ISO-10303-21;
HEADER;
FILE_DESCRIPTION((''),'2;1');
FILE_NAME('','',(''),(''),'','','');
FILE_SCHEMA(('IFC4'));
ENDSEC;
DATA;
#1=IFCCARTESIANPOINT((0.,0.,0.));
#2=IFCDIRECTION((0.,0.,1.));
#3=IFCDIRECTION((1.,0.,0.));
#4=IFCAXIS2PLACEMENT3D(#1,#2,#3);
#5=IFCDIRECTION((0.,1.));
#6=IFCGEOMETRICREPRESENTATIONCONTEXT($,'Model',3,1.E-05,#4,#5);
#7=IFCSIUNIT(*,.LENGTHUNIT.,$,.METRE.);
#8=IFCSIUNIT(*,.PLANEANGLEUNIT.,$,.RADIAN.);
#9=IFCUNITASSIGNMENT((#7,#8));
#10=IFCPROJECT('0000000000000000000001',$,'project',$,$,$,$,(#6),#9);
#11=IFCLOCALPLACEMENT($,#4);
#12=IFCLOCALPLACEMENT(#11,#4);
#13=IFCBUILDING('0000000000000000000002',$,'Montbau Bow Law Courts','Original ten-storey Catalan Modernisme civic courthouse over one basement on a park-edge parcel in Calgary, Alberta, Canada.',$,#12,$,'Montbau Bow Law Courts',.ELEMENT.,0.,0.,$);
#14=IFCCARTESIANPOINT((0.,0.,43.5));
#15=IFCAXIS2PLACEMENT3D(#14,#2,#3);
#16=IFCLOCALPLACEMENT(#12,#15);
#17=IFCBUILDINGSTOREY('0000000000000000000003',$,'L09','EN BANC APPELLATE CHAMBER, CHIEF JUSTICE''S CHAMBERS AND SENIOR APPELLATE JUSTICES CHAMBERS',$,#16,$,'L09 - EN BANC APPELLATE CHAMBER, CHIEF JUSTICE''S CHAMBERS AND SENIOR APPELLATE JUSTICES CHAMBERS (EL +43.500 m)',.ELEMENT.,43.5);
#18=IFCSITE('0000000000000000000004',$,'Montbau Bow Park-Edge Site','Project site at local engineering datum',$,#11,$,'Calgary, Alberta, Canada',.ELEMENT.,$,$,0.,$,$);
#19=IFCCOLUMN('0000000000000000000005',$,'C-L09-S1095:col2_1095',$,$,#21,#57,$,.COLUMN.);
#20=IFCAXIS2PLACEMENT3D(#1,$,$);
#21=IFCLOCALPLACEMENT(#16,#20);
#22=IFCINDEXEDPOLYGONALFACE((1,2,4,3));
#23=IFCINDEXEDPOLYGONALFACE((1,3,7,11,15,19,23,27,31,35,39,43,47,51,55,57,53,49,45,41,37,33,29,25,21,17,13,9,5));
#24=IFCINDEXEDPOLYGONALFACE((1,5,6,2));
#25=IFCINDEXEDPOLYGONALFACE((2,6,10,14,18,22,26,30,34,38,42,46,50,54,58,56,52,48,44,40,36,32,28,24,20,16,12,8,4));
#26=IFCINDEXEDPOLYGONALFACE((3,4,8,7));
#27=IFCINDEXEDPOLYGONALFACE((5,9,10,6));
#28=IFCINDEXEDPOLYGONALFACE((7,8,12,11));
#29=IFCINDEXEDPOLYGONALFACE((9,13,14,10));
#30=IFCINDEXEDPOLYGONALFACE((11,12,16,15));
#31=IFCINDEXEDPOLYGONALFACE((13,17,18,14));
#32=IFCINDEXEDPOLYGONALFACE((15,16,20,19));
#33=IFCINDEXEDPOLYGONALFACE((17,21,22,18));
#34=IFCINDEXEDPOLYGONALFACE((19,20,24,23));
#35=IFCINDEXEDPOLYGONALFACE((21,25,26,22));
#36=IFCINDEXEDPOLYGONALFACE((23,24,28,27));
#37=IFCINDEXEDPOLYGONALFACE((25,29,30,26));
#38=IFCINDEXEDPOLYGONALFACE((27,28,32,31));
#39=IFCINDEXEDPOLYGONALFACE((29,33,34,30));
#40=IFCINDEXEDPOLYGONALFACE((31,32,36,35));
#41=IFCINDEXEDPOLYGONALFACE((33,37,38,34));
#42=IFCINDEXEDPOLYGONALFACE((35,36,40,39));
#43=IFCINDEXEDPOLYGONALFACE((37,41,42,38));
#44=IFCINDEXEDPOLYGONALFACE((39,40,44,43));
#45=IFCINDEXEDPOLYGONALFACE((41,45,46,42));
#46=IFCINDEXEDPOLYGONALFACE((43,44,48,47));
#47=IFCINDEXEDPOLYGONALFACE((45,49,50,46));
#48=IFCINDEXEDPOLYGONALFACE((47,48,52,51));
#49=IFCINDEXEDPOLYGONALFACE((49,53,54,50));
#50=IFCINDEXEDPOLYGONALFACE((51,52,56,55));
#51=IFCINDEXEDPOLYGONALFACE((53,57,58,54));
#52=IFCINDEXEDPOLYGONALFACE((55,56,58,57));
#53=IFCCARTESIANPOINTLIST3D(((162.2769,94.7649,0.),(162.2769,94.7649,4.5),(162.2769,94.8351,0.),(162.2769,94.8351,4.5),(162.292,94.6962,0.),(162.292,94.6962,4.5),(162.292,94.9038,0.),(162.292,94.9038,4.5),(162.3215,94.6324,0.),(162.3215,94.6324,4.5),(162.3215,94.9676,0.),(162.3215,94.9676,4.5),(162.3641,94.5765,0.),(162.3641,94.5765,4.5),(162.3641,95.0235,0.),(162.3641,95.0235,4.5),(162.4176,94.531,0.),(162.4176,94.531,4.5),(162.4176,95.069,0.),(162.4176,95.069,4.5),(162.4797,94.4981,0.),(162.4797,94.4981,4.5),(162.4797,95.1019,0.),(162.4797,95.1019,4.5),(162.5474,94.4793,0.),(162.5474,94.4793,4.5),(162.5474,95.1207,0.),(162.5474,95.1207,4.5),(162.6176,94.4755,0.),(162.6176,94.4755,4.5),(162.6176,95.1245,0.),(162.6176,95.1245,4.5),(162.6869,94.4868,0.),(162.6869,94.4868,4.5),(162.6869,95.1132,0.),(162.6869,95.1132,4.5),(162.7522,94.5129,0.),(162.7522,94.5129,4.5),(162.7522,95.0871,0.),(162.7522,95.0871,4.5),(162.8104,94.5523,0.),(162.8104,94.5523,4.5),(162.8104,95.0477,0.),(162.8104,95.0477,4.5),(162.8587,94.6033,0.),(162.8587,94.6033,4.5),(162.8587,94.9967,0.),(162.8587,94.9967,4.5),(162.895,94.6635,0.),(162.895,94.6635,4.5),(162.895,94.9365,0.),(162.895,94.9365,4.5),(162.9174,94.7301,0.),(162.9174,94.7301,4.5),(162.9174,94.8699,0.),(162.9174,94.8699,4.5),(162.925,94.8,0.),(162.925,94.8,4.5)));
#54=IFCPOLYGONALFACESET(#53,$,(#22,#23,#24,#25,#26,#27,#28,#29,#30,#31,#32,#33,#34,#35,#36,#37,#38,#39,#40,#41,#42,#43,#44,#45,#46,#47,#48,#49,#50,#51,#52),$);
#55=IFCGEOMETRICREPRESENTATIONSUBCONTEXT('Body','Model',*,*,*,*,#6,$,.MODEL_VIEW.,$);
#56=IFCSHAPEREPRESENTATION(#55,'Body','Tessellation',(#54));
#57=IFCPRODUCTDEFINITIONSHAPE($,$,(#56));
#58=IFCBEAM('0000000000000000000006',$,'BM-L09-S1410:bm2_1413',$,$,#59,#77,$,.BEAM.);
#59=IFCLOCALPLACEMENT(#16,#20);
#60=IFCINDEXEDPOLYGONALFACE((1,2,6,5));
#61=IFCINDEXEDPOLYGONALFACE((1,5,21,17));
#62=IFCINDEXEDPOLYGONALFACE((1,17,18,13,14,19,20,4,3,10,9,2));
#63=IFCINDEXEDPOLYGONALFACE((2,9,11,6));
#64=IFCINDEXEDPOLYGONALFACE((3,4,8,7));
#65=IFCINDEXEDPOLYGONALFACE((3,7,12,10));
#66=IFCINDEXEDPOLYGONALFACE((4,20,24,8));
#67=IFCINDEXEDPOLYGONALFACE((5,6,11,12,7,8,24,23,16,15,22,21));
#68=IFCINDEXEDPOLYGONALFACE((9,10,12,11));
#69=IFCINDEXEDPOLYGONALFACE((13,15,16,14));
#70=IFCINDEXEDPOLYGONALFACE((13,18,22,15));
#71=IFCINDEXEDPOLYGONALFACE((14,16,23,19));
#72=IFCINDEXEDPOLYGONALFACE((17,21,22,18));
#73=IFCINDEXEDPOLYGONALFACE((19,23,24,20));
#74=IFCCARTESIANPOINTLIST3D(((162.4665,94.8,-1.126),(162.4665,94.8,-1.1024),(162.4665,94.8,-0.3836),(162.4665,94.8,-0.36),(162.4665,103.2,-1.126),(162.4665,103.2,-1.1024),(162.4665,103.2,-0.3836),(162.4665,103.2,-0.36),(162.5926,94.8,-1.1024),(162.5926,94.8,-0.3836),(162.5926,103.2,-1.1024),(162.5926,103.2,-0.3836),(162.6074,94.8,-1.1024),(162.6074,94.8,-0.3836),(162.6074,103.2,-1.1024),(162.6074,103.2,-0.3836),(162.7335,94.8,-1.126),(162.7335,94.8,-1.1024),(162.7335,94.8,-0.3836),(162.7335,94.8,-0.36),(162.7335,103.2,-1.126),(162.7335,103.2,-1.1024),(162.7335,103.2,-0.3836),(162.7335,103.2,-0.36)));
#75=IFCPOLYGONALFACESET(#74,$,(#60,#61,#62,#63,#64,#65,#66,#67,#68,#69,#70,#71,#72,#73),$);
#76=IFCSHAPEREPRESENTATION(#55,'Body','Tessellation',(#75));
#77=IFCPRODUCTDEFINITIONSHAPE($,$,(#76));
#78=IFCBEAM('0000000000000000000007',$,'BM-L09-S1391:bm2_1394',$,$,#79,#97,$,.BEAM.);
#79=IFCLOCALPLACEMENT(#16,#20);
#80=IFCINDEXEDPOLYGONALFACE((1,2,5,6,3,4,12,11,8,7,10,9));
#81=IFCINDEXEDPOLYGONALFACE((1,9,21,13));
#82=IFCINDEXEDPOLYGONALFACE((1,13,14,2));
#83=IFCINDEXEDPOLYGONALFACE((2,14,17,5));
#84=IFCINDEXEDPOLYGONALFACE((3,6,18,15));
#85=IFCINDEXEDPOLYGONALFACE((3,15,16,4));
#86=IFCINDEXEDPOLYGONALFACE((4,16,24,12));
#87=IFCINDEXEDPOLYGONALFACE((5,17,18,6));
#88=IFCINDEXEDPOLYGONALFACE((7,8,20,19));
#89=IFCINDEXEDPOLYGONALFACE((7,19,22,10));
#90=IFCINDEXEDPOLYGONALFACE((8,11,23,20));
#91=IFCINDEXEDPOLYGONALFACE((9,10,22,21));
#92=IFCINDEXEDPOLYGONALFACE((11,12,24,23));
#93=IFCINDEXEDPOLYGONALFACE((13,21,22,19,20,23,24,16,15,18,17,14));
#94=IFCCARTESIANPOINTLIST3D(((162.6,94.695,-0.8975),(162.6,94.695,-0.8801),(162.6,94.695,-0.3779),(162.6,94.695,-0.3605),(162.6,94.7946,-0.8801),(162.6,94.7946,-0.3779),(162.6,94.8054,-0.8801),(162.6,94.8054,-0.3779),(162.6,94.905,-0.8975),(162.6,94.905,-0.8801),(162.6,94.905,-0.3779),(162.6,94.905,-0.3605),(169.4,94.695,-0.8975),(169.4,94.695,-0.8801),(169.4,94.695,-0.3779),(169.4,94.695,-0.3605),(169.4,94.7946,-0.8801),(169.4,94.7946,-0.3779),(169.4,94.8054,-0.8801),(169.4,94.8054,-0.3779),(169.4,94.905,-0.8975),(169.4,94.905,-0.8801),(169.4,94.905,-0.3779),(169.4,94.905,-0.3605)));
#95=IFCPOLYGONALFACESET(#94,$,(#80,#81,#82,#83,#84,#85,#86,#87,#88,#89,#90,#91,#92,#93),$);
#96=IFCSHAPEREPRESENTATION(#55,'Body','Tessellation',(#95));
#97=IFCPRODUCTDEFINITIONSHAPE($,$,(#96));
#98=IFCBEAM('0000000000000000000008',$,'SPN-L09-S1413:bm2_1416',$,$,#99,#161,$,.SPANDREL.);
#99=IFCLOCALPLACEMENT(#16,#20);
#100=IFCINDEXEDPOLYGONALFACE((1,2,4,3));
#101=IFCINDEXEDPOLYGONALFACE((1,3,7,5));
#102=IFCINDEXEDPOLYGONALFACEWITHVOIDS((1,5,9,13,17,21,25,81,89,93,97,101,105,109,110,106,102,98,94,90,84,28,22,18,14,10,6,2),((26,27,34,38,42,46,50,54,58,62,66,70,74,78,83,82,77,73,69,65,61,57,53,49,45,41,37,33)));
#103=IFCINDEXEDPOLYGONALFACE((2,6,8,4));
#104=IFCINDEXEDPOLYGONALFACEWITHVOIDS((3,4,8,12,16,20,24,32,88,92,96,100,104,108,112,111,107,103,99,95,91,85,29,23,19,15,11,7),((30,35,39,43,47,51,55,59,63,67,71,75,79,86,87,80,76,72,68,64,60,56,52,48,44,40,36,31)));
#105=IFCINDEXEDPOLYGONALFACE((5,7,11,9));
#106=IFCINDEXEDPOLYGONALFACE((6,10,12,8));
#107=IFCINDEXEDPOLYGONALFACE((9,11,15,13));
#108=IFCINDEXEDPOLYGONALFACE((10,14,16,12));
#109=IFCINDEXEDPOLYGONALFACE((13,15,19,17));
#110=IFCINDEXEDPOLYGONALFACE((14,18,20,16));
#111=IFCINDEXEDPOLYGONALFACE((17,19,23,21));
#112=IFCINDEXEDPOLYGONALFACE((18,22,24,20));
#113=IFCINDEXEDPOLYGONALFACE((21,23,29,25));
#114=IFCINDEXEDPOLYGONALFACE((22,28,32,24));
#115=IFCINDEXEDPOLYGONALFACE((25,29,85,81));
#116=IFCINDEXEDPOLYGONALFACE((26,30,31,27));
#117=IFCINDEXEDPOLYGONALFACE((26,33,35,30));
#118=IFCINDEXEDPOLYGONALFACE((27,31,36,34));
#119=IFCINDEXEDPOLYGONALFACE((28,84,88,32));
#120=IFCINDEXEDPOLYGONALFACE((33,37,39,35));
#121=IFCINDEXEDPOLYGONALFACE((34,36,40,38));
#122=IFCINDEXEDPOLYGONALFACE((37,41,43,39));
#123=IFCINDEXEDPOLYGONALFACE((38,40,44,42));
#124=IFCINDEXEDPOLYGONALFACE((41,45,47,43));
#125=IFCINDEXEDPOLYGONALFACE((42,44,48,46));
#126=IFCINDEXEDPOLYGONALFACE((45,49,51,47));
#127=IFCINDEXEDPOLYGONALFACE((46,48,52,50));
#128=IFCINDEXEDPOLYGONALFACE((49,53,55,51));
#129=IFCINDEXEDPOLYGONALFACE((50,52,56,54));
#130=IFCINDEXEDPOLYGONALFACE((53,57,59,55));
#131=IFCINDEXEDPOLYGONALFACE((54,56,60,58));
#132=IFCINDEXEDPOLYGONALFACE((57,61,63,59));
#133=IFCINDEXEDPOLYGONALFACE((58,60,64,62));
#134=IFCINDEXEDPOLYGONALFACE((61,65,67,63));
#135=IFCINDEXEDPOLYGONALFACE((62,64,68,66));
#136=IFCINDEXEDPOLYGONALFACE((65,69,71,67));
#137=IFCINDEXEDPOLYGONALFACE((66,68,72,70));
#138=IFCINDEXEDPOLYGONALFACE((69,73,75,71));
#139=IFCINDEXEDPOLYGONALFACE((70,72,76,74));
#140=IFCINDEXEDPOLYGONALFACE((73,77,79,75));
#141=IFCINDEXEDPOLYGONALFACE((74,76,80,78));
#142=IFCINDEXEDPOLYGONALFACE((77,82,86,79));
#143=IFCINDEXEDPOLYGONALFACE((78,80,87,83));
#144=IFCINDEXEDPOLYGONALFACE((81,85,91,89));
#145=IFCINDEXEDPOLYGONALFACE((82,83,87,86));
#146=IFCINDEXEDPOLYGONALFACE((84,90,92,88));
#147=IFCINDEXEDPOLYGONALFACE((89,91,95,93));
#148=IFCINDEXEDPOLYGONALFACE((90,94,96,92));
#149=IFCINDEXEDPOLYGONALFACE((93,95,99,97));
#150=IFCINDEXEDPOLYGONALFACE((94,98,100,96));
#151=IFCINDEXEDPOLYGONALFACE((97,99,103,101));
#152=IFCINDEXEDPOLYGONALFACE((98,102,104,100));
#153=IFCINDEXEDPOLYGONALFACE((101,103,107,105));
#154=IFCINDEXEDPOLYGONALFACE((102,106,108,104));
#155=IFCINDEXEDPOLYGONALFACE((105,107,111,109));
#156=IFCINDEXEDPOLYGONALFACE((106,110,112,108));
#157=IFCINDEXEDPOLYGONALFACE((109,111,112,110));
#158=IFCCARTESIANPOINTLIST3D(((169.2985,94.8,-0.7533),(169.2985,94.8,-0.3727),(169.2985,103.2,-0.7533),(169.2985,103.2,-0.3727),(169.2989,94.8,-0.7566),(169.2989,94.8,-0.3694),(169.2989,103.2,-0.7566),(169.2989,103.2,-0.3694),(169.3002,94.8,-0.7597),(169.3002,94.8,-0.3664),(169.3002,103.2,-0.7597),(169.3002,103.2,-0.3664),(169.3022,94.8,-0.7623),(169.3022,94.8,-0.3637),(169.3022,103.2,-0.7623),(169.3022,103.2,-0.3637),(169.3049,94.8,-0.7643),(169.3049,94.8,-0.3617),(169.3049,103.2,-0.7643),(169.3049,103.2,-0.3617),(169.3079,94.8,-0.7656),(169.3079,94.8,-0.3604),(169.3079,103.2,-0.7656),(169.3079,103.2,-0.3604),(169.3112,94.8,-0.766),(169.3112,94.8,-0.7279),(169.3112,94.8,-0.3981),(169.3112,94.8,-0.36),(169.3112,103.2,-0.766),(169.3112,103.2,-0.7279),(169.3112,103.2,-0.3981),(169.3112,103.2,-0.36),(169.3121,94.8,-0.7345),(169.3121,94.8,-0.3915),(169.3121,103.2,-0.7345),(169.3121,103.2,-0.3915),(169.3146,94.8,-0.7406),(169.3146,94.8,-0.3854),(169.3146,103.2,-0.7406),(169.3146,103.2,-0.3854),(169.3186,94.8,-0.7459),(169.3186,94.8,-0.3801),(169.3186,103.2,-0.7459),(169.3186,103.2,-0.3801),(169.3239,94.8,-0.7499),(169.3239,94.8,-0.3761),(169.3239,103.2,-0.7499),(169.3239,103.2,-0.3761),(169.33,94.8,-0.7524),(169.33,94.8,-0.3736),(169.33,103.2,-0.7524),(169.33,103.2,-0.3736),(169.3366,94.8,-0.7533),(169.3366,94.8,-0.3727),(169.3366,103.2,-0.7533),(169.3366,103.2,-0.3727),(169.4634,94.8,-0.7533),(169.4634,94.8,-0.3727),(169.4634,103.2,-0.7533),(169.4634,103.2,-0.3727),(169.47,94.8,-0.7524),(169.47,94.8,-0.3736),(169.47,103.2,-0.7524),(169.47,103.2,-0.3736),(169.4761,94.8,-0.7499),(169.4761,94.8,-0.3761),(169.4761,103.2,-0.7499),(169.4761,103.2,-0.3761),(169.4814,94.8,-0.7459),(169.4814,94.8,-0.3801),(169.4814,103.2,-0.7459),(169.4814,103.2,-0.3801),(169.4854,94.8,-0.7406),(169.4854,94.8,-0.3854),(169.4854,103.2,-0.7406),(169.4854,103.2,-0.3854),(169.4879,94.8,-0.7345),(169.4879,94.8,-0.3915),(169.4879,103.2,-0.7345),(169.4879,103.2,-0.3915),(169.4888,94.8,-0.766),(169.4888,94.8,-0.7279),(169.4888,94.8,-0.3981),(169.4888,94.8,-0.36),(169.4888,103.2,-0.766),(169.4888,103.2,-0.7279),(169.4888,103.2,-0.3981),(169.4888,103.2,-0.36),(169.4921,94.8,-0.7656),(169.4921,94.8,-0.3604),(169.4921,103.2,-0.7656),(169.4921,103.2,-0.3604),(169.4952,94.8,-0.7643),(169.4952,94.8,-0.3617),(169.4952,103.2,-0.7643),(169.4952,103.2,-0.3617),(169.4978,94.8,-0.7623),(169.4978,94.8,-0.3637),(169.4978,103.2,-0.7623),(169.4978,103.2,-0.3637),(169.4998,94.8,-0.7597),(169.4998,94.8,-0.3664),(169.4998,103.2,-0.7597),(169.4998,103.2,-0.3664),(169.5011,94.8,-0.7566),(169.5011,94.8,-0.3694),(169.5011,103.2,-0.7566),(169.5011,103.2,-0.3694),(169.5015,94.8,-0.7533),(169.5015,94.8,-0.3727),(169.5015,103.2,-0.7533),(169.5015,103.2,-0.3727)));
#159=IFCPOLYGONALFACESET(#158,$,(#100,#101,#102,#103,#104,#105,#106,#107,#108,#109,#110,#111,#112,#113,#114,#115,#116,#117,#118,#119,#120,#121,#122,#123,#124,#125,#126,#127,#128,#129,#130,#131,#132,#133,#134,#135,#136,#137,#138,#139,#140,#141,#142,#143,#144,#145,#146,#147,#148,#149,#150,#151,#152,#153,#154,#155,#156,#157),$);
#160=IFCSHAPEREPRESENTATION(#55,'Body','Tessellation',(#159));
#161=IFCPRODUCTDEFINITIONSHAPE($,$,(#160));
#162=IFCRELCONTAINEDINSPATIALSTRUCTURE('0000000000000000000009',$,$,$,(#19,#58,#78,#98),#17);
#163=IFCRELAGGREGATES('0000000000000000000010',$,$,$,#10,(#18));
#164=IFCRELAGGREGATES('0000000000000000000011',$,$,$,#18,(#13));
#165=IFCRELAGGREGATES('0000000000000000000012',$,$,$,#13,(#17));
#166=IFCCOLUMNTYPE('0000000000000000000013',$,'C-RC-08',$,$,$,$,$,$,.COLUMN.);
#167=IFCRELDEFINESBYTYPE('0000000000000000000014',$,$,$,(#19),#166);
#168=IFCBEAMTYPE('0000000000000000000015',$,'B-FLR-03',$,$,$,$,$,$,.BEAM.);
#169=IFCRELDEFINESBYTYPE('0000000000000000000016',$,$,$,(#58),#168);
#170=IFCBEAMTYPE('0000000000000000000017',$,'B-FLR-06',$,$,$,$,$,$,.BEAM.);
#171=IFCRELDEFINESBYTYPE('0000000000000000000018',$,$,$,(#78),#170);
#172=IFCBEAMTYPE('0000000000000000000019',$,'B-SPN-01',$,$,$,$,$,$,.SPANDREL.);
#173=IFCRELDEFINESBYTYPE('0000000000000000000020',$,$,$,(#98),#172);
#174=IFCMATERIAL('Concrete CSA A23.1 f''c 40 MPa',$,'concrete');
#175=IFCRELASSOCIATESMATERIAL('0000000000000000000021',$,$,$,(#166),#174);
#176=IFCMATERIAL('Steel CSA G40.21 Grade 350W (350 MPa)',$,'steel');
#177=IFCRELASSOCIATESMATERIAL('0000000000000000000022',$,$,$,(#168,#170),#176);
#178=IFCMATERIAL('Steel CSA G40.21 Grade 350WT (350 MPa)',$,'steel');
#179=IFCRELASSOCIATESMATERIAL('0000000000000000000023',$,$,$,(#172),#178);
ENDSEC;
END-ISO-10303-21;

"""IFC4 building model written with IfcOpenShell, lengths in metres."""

from ifc_helpers import new_model, si_unit, direction, frame, origin_with_axes, origin_2d_with_axis, place, context, subcontext, project, spatial, hollow_rectangle, circle, i_section, extrude, material, material_profile, profile_set, type_object, element, save


model = new_model("IFC4")

# Units and contexts
model_context = context("Model", 3, precision=1e-05, world=origin_with_axes(), true_north=direction((0.0, 1.0)))
body_context = subcontext(model_context, "Body", "Model", "MODEL_VIEW")
ifc_project = project(units=[si_unit("LENGTHUNIT", "METRE"), si_unit("PLANEANGLEUNIT", "RADIAN")], contexts=[model_context])

# Site, building, storey
site_placement = place(None, origin_with_axes())
site = spatial("IfcSite", under=ifc_project, at=site_placement, Name="Montbau Bow Park-Edge Site", Description="Project site at local engineering datum", LongName="Calgary, Alberta, Canada", CompositionType="ELEMENT", RefElevation=0.0)
building_placement = place(site_placement, origin_with_axes())
building = spatial("IfcBuilding", under=site, at=building_placement, Name="Montbau Bow Law Courts", Description="Original ten-storey Catalan Modernisme civic courthouse over one basement on a park-edge parcel in Calgary, Alberta, Canada.", LongName="Montbau Bow Law Courts", CompositionType="ELEMENT", ElevationOfRefHeight=0.0, ElevationOfTerrain=0.0)
storey_placement = place(building_placement, frame((0.0, 0.0, 43.5), z_axis=(0.0, 0.0, 1.0), x_axis=(1.0, 0.0, 0.0)))
storey = spatial("IfcBuildingStorey", under=building, at=storey_placement, Name="L09", Description="EN BANC APPELLATE CHAMBER, CHIEF JUSTICE'S CHAMBERS AND SENIOR APPELLATE JUSTICES CHAMBERS", LongName="L09 - EN BANC APPELLATE CHAMBER, CHIEF JUSTICE'S CHAMBERS AND SENIOR APPELLATE JUSTICES CHAMBERS (EL +43.500 m)", CompositionType="ELEMENT", Elevation=43.5)

# Column
ifc_material_1 = material(Name="Concrete CSA A23.1 f'c 40 MPa", Category="concrete")
ifc_material_profile_1 = material_profile(ifc_material_1, circle(Radius=0.325, at=origin_2d_with_axis()), Name="RC650D", Category="Main", Priority=0)
ifc_profile_set_1 = profile_set([ifc_material_profile_1], Name="Concrete CSA A23.1 f'c 40 MPa")
column_type = type_object("IfcColumnType", Name="C-RC-08", PredefinedType="COLUMN", material=ifc_profile_set_1)
column_placement = place(None, frame((162.6, 94.8, 43.5), z_axis=(0.0, 0.0, 1.0), x_axis=(1.0, 0.0, 0.0)))
element("IfcColumn", 1, at=column_placement, inside=storey, type_object=column_type, Name="C-L09-S1095:col2_1095", PredefinedType="COLUMN", context=body_context, shape_type="SweptSolid", body=[
    extrude(circle(Radius=0.325, at=origin_2d_with_axis()), origin_with_axes(), (0.0, 0.0, 1.0), 4.5),
])

# Beams
ifc_material_2 = material(Name="Steel CSA G40.21 Grade 350W (350 MPa)", Category="steel")
ifc_material_profile_2 = material_profile(ifc_material_2, i_section(OverallWidth=0.267, OverallDepth=0.766, WebThickness=0.0149, FlangeThickness=0.0236, at=origin_2d_with_axis()), Name="W760X185", Category="Main", Priority=0)
ifc_profile_set_2 = profile_set([ifc_material_profile_2], Name="Steel CSA G40.21 Grade 350W (350 MPa)")
beam_type_1 = type_object("IfcBeamType", Name="B-FLR-03", PredefinedType="BEAM", material=ifc_profile_set_2)
beam_1_placement = place(None, frame((162.6, 94.8, 42.757), z_axis=(0.0, 1.0, 0.0), x_axis=(-1.0, 0.0, 0.0)))
element("IfcBeam", 2, at=beam_1_placement, inside=storey, type_object=beam_type_1, Name="BM-L09-S1410:bm2_1413", PredefinedType="BEAM", context=body_context, shape_type="SweptSolid", body=[
    extrude(i_section(OverallWidth=0.267, OverallDepth=0.766, WebThickness=0.0149, FlangeThickness=0.0236, at=origin_2d_with_axis()), origin_with_axes(), (0.0, 0.0, 1.0), 8.4),
])
ifc_material_profile_3 = material_profile(ifc_material_2, i_section(OverallWidth=0.21, OverallDepth=0.537, WebThickness=0.0109, FlangeThickness=0.0174, at=origin_2d_with_axis()), Name="W530X101", Category="Main", Priority=0)
ifc_profile_set_3 = profile_set([ifc_material_profile_3], Name="Steel CSA G40.21 Grade 350W (350 MPa)")
beam_type_2 = type_object("IfcBeamType", Name="B-FLR-06", PredefinedType="BEAM", material=ifc_profile_set_3)
beam_2_placement = place(None, frame((162.6, 94.8, 42.871), z_axis=(1.0, 0.0, 0.0), x_axis=(0.0, 1.0, 0.0)))
element("IfcBeam", 3, at=beam_2_placement, inside=storey, type_object=beam_type_2, Name="BM-L09-S1391:bm2_1394", PredefinedType="BEAM", context=body_context, shape_type="SweptSolid", body=[
    extrude(i_section(OverallWidth=0.21, OverallDepth=0.537, WebThickness=0.0109, FlangeThickness=0.0174, at=origin_2d_with_axis()), origin_with_axes(), (0.0, 0.0, 1.0), 6.8),
])
ifc_material_3 = material(Name="Steel CSA G40.21 Grade 350WT (350 MPa)", Category="steel")
ifc_material_profile_4 = material_profile(ifc_material_3, hollow_rectangle(XDim=0.203, YDim=0.406, WallThickness=0.0127, InnerFilletRadius=0.0254, OuterFilletRadius=0.0127, at=origin_2d_with_axis()), Name="HSS406X203X13", Category="Main", Priority=0)
ifc_profile_set_4 = profile_set([ifc_material_profile_4], Name="Steel CSA G40.21 Grade 350WT (350 MPa)")
beam_type_3 = type_object("IfcBeamType", Name="B-SPN-01", PredefinedType="SPANDREL", material=ifc_profile_set_4)
beam_3_placement = place(None, frame((169.4, 94.8, 42.937), z_axis=(0.0, 1.0, 0.0), x_axis=(-1.0, 0.0, 0.0)))
element("IfcBeam", 4, at=beam_3_placement, inside=storey, type_object=beam_type_3, Name="SPN-L09-S1413:bm2_1416", PredefinedType="SPANDREL", context=body_context, shape_type="SweptSolid", body=[
    extrude(hollow_rectangle(XDim=0.203, YDim=0.406, WallThickness=0.0127, InnerFilletRadius=0.0254, OuterFilletRadius=0.0127, at=origin_2d_with_axis()), origin_with_axes(), (0.0, 0.0, 1.0), 8.4),
])

save(model, "model.ifc")
